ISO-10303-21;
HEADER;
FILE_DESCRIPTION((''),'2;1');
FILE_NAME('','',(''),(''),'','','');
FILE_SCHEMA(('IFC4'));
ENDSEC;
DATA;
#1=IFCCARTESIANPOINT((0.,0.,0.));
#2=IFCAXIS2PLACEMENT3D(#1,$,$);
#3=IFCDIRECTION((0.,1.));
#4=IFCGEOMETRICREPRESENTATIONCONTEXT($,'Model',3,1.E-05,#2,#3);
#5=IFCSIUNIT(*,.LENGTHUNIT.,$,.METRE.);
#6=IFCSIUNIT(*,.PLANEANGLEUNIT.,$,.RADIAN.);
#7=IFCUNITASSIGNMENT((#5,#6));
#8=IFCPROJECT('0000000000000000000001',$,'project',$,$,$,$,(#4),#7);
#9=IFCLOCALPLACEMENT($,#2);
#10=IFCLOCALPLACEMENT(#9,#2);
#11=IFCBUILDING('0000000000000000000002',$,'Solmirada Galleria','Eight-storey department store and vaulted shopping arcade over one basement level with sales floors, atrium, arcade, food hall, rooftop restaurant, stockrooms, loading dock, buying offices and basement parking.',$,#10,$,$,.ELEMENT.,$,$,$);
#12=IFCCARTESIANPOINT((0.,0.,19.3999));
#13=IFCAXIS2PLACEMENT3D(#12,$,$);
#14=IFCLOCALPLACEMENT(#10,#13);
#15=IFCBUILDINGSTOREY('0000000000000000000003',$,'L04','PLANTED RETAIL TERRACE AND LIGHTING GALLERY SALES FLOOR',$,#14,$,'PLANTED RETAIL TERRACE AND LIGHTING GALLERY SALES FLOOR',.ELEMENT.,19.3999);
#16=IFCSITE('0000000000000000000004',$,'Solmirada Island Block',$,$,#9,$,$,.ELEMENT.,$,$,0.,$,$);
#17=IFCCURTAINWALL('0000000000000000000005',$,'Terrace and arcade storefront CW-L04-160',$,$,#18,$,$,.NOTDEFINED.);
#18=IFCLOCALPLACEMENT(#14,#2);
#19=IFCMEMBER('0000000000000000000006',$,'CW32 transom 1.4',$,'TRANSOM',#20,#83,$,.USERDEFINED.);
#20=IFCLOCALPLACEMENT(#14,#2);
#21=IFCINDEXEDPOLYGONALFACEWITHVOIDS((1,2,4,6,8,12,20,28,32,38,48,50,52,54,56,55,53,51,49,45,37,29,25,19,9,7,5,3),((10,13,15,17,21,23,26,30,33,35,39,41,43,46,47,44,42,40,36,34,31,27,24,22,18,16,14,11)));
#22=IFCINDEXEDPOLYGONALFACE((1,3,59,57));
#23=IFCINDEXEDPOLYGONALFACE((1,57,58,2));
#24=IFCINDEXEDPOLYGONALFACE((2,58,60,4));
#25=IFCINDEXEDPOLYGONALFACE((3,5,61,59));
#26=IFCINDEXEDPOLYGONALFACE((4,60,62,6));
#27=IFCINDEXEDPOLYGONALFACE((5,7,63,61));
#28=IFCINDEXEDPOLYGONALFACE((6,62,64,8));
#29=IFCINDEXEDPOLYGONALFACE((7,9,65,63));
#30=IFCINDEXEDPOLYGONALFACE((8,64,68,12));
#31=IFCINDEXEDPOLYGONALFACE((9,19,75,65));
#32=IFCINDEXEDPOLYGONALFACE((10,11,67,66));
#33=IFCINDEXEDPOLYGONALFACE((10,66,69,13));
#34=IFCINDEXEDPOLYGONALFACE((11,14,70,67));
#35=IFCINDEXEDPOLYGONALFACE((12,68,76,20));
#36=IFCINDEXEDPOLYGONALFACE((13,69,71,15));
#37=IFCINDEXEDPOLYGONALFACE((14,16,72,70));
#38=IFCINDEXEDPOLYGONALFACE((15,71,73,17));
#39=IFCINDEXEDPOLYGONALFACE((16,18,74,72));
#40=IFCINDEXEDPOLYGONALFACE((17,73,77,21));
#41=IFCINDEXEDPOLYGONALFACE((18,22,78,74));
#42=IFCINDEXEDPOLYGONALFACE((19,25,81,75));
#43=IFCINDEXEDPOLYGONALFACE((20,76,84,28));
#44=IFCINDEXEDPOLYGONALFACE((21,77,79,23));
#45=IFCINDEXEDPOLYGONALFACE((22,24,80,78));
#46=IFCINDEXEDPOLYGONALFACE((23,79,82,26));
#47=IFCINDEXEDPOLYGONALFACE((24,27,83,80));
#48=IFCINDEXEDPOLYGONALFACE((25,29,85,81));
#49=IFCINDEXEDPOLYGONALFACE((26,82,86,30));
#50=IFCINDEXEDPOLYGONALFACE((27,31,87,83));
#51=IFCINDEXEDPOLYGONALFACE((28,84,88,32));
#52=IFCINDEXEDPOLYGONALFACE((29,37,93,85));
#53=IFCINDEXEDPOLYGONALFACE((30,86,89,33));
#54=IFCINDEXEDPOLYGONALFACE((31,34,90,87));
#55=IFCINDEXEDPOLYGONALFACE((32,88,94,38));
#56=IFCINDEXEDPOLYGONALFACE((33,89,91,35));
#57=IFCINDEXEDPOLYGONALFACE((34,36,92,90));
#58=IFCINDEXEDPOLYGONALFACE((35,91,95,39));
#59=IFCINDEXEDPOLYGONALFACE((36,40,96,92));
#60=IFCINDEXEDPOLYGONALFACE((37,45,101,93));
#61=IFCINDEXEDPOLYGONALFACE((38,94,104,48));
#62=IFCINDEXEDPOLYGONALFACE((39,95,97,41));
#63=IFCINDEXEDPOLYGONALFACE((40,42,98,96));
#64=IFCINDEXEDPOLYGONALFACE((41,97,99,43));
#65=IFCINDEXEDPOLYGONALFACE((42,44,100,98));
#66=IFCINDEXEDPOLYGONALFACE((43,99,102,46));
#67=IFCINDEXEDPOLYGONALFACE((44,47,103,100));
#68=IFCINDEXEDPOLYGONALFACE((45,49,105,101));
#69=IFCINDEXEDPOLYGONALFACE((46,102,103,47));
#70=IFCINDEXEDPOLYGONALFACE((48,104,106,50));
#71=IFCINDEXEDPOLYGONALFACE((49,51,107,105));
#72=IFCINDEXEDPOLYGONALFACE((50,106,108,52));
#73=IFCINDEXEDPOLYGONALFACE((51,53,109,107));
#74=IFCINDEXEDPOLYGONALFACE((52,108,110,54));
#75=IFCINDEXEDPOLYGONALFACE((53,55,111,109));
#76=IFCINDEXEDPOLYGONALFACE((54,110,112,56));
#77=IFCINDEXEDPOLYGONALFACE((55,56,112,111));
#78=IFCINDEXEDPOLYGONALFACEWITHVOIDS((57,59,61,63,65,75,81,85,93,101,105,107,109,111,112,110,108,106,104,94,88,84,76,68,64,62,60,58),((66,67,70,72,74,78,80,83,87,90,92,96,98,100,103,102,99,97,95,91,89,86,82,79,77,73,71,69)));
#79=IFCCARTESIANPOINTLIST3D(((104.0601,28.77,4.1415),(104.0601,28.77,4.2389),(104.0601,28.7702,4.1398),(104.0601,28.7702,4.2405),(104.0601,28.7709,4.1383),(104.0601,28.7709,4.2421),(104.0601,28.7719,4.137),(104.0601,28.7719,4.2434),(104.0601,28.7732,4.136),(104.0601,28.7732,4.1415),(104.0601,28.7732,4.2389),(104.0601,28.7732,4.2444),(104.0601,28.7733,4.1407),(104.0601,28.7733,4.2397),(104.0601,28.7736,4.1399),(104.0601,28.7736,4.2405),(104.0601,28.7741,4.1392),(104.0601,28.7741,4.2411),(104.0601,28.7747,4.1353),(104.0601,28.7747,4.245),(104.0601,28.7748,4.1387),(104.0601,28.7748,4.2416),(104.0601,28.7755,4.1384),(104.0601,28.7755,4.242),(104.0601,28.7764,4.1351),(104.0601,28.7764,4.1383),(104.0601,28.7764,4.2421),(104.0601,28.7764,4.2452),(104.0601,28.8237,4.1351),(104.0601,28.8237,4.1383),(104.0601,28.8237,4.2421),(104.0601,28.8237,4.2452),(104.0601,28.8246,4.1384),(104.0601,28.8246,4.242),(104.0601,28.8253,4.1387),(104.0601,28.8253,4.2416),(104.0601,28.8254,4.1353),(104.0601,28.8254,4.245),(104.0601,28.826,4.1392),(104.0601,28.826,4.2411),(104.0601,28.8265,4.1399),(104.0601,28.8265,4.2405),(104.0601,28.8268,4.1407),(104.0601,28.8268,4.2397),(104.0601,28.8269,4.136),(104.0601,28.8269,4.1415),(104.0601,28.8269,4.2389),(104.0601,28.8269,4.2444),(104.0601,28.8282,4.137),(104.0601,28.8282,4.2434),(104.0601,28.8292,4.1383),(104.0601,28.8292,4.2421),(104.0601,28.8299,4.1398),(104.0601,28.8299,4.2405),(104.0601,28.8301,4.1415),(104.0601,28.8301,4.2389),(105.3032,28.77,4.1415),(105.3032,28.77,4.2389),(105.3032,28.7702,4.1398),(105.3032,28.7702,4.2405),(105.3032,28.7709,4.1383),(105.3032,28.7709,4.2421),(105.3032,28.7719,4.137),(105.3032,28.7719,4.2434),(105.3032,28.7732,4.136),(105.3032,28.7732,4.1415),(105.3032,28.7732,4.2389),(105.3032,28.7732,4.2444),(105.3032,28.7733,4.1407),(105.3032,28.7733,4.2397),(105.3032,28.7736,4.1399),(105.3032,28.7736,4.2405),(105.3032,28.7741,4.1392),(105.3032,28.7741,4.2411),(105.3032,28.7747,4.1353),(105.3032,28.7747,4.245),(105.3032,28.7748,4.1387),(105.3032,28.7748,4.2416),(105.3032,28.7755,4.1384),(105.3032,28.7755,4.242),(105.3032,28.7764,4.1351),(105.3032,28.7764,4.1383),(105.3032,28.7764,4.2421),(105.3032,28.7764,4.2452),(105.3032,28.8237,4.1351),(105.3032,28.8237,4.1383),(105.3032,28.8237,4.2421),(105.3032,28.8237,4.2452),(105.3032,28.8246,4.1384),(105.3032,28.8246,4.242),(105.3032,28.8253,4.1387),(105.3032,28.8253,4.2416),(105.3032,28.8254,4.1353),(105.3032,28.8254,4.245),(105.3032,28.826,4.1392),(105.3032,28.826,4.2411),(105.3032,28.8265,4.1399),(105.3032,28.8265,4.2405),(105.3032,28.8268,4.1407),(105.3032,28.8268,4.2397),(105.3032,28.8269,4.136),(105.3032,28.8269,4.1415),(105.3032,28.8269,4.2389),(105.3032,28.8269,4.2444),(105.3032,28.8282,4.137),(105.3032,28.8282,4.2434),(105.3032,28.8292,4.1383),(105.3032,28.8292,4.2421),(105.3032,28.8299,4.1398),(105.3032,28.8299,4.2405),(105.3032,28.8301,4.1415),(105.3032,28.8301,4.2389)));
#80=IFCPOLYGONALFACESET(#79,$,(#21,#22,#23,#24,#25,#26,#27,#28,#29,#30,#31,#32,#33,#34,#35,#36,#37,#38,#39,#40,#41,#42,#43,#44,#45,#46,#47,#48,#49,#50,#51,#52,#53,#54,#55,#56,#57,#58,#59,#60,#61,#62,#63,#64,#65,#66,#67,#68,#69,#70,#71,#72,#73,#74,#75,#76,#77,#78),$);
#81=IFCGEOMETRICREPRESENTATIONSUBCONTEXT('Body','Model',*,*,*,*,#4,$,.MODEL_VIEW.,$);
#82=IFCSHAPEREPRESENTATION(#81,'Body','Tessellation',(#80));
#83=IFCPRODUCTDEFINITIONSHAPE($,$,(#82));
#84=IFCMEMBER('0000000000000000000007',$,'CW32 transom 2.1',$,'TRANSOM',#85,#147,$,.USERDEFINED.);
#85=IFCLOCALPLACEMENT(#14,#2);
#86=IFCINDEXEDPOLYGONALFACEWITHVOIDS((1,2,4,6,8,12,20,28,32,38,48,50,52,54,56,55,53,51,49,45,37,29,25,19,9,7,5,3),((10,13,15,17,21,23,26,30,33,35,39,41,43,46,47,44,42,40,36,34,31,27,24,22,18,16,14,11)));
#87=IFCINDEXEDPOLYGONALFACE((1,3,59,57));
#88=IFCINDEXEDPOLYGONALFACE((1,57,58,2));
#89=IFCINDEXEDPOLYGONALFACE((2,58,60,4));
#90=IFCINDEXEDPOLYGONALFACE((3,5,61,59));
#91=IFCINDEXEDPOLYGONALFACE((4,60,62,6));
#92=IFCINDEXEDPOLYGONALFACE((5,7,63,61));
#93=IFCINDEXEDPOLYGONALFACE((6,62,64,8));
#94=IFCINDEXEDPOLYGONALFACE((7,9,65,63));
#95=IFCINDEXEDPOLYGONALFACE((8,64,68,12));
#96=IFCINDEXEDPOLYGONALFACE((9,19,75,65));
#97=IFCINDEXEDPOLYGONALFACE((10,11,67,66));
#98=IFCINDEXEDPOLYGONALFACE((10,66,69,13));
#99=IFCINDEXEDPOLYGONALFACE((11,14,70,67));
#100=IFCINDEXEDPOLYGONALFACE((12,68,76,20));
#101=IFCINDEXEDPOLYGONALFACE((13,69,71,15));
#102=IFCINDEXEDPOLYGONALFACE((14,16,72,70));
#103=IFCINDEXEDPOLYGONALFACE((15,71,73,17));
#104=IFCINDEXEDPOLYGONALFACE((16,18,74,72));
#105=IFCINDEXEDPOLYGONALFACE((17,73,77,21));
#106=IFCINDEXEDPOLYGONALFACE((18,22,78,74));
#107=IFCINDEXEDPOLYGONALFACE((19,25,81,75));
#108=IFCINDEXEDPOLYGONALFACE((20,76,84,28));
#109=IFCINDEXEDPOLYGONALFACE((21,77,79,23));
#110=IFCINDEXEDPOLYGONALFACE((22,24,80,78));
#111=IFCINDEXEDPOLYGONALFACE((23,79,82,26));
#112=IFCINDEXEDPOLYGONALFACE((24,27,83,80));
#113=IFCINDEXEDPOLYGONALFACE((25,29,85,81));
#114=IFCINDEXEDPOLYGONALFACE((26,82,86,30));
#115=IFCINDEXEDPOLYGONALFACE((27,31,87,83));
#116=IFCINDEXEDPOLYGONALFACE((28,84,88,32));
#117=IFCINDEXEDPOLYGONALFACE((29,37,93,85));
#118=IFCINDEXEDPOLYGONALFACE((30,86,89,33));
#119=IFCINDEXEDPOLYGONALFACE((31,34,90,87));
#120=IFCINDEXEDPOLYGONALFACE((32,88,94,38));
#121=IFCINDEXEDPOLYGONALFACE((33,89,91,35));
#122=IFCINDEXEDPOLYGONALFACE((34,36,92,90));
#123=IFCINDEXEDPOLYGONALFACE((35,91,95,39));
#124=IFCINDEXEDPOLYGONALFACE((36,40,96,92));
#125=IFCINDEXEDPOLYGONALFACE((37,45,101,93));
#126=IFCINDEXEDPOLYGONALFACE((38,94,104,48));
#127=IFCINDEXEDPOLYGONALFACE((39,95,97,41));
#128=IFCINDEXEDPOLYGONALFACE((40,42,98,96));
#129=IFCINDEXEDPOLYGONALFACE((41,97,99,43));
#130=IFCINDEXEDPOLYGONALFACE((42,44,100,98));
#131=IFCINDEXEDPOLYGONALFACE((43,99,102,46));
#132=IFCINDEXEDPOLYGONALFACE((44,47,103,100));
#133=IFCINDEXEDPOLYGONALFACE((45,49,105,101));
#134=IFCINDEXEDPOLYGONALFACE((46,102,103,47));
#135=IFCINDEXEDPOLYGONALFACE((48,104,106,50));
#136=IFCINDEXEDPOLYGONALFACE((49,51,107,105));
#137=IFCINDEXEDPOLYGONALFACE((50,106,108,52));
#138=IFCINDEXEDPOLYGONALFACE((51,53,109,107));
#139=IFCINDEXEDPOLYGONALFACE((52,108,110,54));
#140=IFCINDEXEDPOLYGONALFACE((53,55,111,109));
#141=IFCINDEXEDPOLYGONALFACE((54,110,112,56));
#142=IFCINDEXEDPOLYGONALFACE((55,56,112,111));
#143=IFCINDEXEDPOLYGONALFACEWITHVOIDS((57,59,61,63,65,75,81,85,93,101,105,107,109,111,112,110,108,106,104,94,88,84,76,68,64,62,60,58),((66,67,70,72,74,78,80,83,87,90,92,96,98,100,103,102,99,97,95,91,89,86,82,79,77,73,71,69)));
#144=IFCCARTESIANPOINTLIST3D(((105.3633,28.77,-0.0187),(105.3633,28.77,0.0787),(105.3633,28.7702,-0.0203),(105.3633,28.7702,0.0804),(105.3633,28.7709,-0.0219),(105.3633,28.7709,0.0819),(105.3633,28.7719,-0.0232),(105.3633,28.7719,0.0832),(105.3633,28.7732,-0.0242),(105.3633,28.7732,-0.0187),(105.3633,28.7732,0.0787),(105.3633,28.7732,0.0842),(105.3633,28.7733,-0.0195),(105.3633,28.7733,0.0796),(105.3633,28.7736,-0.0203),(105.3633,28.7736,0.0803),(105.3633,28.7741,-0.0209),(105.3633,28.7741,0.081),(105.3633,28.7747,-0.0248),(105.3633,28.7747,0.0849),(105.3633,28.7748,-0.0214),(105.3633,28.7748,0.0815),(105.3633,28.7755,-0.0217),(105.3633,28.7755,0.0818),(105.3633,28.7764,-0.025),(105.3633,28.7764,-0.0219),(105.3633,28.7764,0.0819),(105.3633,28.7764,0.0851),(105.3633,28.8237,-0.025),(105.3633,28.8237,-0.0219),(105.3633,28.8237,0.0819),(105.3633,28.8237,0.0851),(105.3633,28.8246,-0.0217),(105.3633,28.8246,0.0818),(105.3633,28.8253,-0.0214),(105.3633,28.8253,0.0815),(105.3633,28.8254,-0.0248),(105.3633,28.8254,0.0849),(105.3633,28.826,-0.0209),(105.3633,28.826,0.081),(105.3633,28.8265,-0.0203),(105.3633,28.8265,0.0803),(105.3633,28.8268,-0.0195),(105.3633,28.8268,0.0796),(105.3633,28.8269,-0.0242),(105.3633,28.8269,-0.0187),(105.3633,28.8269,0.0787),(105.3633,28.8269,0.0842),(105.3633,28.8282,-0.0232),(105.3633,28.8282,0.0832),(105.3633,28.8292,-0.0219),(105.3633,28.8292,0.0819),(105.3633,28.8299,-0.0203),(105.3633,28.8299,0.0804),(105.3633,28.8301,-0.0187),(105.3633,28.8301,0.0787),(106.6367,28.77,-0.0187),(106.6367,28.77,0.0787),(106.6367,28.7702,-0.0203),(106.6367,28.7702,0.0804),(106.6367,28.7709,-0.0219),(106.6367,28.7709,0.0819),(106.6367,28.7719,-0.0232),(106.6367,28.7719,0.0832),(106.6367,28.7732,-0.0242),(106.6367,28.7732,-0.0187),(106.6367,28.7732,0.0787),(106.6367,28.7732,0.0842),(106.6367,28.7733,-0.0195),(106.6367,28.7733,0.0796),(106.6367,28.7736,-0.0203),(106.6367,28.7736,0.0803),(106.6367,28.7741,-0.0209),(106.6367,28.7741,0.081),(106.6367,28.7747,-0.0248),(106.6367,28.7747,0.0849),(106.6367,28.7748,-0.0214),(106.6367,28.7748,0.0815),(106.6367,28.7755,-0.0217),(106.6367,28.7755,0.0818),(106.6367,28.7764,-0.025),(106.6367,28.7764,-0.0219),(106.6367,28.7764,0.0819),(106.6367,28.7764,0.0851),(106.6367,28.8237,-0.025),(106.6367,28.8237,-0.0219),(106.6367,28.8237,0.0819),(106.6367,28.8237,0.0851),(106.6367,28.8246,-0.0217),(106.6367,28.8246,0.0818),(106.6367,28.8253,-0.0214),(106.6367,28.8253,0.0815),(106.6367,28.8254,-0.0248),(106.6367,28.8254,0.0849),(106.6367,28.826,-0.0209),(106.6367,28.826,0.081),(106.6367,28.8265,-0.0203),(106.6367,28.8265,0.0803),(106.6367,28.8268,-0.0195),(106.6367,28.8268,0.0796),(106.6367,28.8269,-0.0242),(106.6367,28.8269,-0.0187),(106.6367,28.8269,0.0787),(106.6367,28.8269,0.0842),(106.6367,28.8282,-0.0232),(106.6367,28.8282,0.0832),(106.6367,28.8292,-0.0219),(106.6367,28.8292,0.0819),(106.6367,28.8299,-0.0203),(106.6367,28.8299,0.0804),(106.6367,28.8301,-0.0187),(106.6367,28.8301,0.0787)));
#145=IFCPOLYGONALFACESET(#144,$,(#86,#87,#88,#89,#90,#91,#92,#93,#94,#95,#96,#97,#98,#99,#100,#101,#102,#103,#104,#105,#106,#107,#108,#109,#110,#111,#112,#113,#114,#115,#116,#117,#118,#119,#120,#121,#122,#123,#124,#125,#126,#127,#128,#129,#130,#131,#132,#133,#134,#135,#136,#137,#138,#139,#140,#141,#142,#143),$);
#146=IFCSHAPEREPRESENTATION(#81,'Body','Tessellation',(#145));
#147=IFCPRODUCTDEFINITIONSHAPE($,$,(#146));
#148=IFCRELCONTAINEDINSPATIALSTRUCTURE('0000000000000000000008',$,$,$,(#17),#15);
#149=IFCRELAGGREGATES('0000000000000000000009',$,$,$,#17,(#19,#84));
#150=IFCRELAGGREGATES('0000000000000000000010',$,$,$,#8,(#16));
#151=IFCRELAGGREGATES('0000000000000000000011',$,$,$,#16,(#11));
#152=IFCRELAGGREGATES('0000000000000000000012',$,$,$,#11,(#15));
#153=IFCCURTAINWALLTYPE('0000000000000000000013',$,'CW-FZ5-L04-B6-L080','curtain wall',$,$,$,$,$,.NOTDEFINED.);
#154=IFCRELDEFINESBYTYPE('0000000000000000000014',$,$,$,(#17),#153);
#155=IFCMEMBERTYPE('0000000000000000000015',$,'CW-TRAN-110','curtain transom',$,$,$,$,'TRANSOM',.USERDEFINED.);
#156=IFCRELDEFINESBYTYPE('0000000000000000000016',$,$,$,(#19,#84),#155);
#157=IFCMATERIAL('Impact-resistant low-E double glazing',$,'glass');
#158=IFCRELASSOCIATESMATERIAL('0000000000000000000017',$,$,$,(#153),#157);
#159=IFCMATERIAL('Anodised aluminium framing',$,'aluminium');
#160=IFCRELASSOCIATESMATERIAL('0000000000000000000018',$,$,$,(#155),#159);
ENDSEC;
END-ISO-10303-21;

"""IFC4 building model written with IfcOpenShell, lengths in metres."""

from ifc_helpers import new_model, si_unit, direction, frame, origin, origin_2d, place, context, subcontext, project, spatial, hollow_rectangle, extrude, material, material_profile, profile_set, type_object, element, aggregate, save


model = new_model("IFC4")

# Units and contexts
model_context = context("Model", 3, precision=1e-05, world=origin(), true_north=direction((0.0, 1.0)))
body_context = subcontext(model_context, "Body", "Model", "MODEL_VIEW")
ifc_project = project(units=[si_unit("LENGTHUNIT", "METRE"), si_unit("PLANEANGLEUNIT", "RADIAN")], contexts=[model_context])

# Site, building, storey
site_placement = place(None, origin())
site = spatial("IfcSite", under=ifc_project, at=site_placement, Name="Solmirada Island Block", CompositionType="ELEMENT", RefElevation=0.0)
building_placement = place(site_placement, origin())
building = spatial("IfcBuilding", under=site, at=building_placement, Name="Solmirada Galleria", Description="Eight-storey department store and vaulted shopping arcade over one basement level with sales floors, atrium, arcade, food hall, rooftop restaurant, stockrooms, loading dock, buying offices and basement parking.", CompositionType="ELEMENT")
storey_placement = place(building_placement, frame((0.0, 0.0, 19.3999)))
storey = spatial("IfcBuildingStorey", under=building, at=storey_placement, Name="L04", Description="PLANTED RETAIL TERRACE AND LIGHTING GALLERY SALES FLOOR", LongName="PLANTED RETAIL TERRACE AND LIGHTING GALLERY SALES FLOOR", CompositionType="ELEMENT", Elevation=19.3999)

# Curtain wall
ifc_material_1 = material(Name="Impact-resistant low-E double glazing", Category="glass")
curtain_wall_type = type_object("IfcCurtainWallType", Name="CW-FZ5-L04-B6-L080", Description="curtain wall", PredefinedType="NOTDEFINED", material=ifc_material_1)
ifc_material_2 = material(Name="Anodised aluminium framing", Category="aluminium")
curtain_wall_1_placement = place(storey_placement, origin())
curtain_wall_1 = element("IfcCurtainWall", 1, at=curtain_wall_1_placement, inside=storey, type_object=curtain_wall_type, Name="Terrace and arcade storefront CW-L04-160", PredefinedType="NOTDEFINED")

# Members
ifc_material_profile_1 = material_profile(ifc_material_2, hollow_rectangle(XDim=0.0601, YDim=0.1101, WallThickness=0.0032, InnerFilletRadius=0.0032, OuterFilletRadius=0.0063, at=origin_2d()), Name="ALU-TRAN-110X60")
ifc_profile_set_1 = profile_set([ifc_material_profile_1], Name="Anodised aluminium framing")
member_type_1 = type_object("IfcMemberType", Name="CW-TRAN-110", Description="curtain transom", ElementType="TRANSOM", PredefinedType="USERDEFINED", material=ifc_profile_set_1)
member_1_placement = place(storey_placement, frame((104.0601, 28.8, 4.1902), z_axis=(1.0, 0.0, 0.0), x_axis=(0.0, 1.0, 0.0)))
member_1 = element("IfcMember", 2, at=member_1_placement, type_object=member_type_1, Name="CW32 transom 1.4", ObjectType="TRANSOM", PredefinedType="USERDEFINED", context=body_context, shape_type="SweptSolid", body=[
    extrude(hollow_rectangle(XDim=0.0601, YDim=0.1101, WallThickness=0.0032, InnerFilletRadius=0.0032, OuterFilletRadius=0.0063, at=origin_2d()), origin(), (0.0, 0.0, 1.0), 1.2432),
])
member_2_placement = place(storey_placement, frame((105.3633, 28.8, 0.03), z_axis=(1.0, 0.0, 0.0), x_axis=(0.0, 1.0, 0.0)))
member_2 = element("IfcMember", 3, at=member_2_placement, type_object=member_type_1, Name="CW32 transom 2.1", ObjectType="TRANSOM", PredefinedType="USERDEFINED", context=body_context, shape_type="SweptSolid", body=[
    extrude(hollow_rectangle(XDim=0.0601, YDim=0.1101, WallThickness=0.0032, InnerFilletRadius=0.0032, OuterFilletRadius=0.0063, at=origin_2d()), origin(), (0.0, 0.0, 1.0), 1.2734),
])

aggregate(curtain_wall_1, [member_1, member_2])

save(model, "model.ifc")
